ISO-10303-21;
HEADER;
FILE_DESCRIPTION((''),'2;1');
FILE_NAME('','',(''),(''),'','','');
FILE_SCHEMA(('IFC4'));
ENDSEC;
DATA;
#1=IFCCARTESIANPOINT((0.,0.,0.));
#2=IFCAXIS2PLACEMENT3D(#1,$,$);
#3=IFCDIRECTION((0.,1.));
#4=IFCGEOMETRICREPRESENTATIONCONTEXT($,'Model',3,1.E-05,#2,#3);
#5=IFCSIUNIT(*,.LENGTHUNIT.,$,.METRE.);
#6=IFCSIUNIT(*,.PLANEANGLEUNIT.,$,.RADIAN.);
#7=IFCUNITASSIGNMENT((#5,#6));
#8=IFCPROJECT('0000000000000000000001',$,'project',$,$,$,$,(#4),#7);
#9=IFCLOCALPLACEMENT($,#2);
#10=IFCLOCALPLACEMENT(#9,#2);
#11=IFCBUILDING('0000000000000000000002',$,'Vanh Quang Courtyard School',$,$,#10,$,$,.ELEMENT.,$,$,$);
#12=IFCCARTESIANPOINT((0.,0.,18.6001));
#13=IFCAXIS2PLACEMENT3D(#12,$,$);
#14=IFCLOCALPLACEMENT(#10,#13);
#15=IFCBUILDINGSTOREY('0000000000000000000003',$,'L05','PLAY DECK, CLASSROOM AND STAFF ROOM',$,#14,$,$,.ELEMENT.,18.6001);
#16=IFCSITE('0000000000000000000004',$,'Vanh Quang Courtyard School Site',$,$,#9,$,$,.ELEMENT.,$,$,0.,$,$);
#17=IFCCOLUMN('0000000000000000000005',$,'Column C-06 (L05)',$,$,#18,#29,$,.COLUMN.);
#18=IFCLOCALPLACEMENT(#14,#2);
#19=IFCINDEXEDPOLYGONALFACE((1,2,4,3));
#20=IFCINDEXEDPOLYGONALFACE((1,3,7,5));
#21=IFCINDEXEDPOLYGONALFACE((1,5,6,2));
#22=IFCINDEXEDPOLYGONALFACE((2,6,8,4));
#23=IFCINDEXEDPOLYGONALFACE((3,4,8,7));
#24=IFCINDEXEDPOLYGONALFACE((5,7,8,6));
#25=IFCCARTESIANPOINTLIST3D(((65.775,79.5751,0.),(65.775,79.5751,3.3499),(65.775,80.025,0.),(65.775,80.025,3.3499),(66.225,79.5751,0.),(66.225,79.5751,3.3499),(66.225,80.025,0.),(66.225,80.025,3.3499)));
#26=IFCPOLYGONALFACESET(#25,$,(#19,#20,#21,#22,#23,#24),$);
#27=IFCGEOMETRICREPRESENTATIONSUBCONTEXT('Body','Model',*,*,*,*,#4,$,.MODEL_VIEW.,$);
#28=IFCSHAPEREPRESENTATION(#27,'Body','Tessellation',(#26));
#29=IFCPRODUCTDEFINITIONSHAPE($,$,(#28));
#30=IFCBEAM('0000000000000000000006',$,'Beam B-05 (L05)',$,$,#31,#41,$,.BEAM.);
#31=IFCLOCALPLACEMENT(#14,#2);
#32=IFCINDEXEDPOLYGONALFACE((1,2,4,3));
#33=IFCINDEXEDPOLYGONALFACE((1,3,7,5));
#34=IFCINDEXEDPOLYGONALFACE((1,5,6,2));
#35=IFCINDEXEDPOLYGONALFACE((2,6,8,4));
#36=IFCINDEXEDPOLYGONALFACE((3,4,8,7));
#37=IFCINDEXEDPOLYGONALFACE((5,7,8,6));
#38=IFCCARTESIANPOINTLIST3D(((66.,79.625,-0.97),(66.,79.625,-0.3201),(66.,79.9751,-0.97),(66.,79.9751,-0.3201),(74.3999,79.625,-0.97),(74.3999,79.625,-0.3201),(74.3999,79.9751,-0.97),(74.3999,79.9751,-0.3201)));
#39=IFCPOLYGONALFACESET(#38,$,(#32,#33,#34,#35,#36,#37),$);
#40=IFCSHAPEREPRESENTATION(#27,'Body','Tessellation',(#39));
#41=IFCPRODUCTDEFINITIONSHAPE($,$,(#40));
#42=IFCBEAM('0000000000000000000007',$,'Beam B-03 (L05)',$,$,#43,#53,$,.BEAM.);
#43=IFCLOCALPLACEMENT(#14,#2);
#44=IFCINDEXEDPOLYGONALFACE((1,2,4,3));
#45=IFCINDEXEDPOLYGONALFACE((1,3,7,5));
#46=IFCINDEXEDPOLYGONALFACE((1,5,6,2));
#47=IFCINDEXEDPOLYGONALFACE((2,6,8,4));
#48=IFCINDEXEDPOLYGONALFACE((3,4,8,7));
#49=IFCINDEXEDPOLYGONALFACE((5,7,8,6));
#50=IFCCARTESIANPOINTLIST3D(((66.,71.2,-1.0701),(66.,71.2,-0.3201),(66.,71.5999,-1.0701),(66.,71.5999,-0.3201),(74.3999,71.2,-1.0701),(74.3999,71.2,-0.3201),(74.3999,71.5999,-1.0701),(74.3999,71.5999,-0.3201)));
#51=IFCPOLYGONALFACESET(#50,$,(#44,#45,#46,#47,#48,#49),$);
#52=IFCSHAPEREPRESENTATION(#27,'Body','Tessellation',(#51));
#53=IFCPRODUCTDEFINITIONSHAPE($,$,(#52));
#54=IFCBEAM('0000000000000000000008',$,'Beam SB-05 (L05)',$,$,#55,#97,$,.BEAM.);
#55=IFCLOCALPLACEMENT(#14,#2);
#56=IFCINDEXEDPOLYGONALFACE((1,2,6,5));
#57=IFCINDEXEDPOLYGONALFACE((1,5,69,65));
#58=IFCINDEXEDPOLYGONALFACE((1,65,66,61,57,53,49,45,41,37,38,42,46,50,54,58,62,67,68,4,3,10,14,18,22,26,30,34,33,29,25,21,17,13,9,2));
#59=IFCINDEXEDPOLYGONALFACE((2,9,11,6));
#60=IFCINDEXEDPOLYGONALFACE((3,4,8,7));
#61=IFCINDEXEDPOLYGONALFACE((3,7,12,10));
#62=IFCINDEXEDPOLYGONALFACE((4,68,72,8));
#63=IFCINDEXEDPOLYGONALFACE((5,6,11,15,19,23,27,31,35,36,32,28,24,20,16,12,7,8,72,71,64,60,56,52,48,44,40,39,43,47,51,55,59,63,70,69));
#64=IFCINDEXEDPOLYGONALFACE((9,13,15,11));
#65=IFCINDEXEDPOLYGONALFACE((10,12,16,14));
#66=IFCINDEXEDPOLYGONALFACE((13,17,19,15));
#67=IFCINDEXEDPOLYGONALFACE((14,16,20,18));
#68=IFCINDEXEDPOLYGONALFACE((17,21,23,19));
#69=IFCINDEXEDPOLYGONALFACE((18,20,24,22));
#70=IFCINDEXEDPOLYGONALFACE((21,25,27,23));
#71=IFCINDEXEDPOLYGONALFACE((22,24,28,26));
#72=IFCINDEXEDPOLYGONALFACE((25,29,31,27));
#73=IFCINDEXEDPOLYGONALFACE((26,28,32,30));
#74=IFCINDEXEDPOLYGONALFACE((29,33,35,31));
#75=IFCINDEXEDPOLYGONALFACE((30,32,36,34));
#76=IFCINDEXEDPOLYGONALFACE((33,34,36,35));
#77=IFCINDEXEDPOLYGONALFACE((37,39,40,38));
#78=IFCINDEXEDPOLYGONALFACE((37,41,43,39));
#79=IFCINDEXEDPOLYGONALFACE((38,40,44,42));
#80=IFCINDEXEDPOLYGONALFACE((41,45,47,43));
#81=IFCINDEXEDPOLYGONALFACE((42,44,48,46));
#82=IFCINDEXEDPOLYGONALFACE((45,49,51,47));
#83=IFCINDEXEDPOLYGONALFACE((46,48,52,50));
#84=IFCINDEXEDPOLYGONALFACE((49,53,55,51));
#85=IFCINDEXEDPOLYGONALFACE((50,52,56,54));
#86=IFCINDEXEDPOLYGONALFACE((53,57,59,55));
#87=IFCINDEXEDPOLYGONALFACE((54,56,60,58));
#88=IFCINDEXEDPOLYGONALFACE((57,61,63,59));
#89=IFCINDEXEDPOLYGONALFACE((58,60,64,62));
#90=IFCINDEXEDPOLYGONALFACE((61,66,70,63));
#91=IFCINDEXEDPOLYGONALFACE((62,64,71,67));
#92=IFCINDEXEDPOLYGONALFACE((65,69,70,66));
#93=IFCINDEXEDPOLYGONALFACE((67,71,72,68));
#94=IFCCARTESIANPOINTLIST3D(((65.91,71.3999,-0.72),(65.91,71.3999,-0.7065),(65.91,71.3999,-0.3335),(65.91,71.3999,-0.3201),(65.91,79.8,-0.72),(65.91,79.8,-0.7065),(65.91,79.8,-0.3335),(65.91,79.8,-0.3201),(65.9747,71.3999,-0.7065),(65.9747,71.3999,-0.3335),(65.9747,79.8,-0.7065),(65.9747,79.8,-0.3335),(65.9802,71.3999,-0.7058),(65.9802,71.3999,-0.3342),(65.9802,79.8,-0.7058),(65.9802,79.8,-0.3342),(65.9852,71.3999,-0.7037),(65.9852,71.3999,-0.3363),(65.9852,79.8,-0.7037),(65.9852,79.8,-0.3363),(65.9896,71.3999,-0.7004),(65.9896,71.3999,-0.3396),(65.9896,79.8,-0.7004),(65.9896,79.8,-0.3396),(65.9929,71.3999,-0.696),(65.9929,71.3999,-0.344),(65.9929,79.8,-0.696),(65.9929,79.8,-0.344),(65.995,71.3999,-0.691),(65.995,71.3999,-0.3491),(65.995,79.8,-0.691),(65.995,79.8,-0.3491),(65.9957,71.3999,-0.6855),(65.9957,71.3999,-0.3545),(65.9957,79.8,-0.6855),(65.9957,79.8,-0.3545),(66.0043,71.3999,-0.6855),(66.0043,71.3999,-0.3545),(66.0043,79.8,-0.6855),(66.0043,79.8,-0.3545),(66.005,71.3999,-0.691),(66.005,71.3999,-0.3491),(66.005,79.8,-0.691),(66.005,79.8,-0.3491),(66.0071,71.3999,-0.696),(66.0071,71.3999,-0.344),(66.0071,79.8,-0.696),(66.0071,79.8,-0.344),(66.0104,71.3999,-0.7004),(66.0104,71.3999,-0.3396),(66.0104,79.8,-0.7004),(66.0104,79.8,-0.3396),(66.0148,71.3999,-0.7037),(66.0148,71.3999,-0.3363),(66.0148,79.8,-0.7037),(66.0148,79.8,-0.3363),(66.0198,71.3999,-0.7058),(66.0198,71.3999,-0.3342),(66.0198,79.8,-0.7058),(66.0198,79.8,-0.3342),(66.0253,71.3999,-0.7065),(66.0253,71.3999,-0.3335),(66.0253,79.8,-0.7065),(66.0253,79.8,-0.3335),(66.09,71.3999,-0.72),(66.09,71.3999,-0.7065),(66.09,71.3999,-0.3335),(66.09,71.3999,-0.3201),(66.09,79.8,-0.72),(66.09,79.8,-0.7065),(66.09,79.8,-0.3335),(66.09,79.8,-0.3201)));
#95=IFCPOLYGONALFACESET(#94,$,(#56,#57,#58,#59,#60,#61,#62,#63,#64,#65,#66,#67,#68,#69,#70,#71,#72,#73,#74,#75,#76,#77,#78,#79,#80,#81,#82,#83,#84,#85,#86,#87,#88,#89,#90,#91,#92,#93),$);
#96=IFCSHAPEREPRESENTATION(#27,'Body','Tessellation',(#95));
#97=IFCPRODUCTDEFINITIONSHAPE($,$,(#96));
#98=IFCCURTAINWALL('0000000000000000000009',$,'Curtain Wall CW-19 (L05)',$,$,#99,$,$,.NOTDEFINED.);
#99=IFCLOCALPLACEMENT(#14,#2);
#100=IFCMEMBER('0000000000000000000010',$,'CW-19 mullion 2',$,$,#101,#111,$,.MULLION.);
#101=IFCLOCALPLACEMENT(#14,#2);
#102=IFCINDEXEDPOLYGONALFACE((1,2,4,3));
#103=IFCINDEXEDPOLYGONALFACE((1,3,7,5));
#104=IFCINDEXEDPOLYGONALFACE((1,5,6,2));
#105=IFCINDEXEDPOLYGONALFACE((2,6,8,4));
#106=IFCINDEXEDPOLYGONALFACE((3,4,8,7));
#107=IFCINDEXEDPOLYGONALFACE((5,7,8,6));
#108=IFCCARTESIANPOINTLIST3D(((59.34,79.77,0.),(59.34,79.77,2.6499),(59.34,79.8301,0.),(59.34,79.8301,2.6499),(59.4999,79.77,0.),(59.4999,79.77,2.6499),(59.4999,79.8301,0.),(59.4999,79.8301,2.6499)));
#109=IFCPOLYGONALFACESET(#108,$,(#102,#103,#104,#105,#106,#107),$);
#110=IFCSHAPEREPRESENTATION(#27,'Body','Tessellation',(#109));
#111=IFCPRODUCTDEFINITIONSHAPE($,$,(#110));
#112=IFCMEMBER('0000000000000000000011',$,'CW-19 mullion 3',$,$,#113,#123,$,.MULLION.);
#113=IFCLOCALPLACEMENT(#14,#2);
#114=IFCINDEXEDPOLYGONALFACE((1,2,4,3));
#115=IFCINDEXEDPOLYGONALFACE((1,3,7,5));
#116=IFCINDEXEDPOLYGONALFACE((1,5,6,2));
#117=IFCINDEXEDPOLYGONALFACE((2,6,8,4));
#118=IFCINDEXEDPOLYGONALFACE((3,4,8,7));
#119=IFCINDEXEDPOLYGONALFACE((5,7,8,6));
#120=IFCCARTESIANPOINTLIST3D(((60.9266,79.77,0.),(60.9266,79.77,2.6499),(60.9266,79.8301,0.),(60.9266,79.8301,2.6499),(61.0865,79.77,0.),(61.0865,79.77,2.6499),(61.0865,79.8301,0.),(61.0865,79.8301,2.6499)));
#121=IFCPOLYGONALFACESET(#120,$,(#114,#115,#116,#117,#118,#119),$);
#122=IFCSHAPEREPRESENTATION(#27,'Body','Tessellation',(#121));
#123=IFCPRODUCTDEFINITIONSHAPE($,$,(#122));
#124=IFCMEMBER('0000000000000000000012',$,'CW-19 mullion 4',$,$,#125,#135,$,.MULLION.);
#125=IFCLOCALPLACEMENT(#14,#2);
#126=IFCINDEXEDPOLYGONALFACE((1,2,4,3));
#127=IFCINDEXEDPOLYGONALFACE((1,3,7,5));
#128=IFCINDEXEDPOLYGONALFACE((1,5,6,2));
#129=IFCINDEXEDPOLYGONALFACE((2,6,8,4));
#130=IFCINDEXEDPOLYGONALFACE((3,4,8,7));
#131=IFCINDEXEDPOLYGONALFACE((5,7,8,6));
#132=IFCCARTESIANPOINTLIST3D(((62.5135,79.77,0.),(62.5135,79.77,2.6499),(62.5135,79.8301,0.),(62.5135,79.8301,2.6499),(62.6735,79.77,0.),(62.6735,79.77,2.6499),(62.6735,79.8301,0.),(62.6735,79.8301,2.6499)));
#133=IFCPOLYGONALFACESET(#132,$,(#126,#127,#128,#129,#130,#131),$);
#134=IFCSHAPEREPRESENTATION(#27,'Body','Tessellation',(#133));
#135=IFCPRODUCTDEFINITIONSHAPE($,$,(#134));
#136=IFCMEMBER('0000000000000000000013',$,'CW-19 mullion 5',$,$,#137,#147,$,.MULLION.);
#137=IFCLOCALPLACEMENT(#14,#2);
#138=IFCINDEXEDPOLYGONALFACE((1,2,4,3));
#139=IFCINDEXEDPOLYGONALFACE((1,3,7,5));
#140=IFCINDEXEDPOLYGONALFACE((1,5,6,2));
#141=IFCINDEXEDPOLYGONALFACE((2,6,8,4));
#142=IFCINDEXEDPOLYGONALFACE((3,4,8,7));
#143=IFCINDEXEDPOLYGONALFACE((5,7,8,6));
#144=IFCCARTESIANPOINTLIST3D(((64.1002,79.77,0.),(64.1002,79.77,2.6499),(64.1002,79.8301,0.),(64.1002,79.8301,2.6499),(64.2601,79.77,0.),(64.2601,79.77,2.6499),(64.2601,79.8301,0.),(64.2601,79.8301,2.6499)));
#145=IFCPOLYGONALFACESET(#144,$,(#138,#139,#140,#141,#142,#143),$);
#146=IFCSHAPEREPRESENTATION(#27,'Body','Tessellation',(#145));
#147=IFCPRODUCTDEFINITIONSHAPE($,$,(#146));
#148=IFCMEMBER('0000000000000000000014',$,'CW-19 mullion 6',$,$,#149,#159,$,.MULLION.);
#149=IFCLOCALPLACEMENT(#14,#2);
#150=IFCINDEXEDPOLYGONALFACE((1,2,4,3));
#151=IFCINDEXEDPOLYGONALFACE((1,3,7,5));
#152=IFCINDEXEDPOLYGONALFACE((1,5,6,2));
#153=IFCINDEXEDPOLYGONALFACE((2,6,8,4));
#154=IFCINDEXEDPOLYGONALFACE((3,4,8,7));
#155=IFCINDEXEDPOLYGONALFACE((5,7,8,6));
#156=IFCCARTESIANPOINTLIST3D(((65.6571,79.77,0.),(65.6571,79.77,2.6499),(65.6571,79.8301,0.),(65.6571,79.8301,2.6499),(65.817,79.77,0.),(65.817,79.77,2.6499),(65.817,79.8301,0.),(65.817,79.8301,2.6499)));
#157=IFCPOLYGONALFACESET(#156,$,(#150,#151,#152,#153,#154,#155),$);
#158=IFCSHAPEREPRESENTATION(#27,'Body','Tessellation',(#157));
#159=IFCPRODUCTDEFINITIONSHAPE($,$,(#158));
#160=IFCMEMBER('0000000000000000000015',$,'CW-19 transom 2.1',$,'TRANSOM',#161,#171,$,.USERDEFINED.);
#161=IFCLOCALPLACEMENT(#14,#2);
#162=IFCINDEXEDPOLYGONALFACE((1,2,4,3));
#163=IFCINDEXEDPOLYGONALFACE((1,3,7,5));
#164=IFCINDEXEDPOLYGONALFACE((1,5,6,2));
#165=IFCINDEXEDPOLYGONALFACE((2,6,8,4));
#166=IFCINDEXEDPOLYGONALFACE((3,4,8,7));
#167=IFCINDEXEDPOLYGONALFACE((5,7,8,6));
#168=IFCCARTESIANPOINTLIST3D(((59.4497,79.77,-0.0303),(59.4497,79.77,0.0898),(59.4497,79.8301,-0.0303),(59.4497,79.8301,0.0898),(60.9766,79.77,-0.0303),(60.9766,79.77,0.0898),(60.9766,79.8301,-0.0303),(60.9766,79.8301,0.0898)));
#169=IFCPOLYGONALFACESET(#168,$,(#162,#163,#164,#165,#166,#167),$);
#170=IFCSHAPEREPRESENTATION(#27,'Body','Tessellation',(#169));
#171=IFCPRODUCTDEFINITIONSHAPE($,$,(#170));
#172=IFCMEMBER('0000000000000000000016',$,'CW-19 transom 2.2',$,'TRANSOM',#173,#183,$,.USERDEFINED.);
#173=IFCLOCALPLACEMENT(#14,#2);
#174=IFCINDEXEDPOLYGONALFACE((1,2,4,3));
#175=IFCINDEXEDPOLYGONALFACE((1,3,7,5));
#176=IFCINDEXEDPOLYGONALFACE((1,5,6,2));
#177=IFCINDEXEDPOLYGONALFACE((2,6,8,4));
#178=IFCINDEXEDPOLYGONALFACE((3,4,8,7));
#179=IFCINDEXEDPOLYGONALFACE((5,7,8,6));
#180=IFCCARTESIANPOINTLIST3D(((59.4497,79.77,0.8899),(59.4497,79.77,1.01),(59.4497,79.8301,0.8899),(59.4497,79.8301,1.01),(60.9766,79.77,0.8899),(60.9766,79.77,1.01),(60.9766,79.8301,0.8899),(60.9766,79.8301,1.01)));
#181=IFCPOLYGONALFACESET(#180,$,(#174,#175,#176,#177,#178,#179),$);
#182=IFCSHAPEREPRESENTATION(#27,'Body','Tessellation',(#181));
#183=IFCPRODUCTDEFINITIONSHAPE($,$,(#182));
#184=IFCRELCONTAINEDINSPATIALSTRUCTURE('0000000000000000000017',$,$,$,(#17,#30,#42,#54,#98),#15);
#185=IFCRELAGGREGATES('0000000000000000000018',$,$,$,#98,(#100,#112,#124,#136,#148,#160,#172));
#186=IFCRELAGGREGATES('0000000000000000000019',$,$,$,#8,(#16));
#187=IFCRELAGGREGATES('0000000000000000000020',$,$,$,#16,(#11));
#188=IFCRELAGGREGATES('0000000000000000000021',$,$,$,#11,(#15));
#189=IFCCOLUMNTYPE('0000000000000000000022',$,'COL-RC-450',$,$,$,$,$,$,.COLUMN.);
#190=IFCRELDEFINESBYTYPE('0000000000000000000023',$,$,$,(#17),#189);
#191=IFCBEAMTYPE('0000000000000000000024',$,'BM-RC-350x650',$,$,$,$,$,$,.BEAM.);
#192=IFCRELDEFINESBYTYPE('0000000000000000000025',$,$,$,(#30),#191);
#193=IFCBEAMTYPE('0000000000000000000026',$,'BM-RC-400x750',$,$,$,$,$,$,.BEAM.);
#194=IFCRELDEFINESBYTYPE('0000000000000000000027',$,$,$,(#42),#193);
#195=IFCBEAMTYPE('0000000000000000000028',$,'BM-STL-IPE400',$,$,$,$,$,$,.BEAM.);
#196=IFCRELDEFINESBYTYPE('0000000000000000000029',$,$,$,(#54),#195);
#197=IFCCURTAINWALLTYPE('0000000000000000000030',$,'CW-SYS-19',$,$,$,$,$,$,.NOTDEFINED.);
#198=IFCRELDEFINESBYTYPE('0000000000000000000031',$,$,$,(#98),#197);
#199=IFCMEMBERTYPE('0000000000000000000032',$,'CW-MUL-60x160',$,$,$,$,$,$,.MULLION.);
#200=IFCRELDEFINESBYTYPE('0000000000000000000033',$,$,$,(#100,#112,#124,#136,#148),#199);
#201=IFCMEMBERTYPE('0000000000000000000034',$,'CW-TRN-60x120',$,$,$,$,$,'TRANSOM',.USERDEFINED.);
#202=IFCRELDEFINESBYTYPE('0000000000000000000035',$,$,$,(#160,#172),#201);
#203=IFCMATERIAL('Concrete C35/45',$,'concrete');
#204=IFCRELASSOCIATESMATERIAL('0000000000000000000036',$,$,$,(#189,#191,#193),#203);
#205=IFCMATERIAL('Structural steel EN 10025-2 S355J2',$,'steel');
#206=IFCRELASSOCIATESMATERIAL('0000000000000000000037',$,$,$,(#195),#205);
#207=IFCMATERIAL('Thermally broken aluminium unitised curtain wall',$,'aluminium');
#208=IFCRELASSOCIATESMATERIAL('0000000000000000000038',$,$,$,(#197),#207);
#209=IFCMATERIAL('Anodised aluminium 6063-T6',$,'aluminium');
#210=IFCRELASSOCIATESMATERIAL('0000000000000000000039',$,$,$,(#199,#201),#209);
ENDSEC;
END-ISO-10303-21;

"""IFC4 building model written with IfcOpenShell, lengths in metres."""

from ifc_helpers import new_model, si_unit, direction, frame, origin, origin_2d, place, context, subcontext, project, spatial, rectangle, i_section, extrude, material, material_profile, profile_set, type_object, element, aggregate, save


model = new_model("IFC4")

# Units and contexts
model_context = context("Model", 3, precision=1e-05, world=origin(), true_north=direction((0.0, 1.0)))
body_context = subcontext(model_context, "Body", "Model", "MODEL_VIEW")
ifc_project = project(units=[si_unit("LENGTHUNIT", "METRE"), si_unit("PLANEANGLEUNIT", "RADIAN")], contexts=[model_context])

# Site, building, storey
site_placement = place(None, origin())
site = spatial("IfcSite", under=ifc_project, at=site_placement, Name="Vanh Quang Courtyard School Site", CompositionType="ELEMENT", RefElevation=0.0)
building_placement = place(site_placement, origin())
building = spatial("IfcBuilding", under=site, at=building_placement, Name="Vanh Quang Courtyard School", CompositionType="ELEMENT")
storey_placement = place(building_placement, frame((0.0, 0.0, 18.6001)))
storey = spatial("IfcBuildingStorey", under=building, at=storey_placement, Name="L05", Description="PLAY DECK, CLASSROOM AND STAFF ROOM", CompositionType="ELEMENT", Elevation=18.6001)

# Column
ifc_material_1 = material(Name="Concrete C35/45", Category="concrete")
ifc_material_profile_1 = material_profile(ifc_material_1, rectangle(XDim=0.45, YDim=0.45, at=origin_2d()), Name="RC-COL 450x450")
ifc_profile_set_1 = profile_set([ifc_material_profile_1], Name="Concrete C35/45")
column_type = type_object("IfcColumnType", Name="COL-RC-450", PredefinedType="COLUMN", material=ifc_profile_set_1)
column_placement = place(storey_placement, frame((66.0, 79.8, 0.0), z_axis=(0.0, 0.0, 1.0), x_axis=(1.0, 0.0, 0.0)))
element("IfcColumn", 1, at=column_placement, inside=storey, type_object=column_type, Name="Column C-06 (L05)", PredefinedType="COLUMN", context=body_context, shape_type="SweptSolid", body=[
    extrude(rectangle(XDim=0.45, YDim=0.45, at=origin_2d()), origin(), (0.0, 0.0, 1.0), 3.3499),
])

# Beams
ifc_material_profile_2 = material_profile(ifc_material_1, rectangle(XDim=0.3501, YDim=0.6499, at=origin_2d()), Name="RC-BM 350x650")
ifc_profile_set_2 = profile_set([ifc_material_profile_2], Name="Concrete C35/45")
beam_type_1 = type_object("IfcBeamType", Name="BM-RC-350x650", PredefinedType="BEAM", material=ifc_profile_set_2)
beam_1_placement = place(storey_placement, frame((66.0, 79.8, -0.645), z_axis=(1.0, 0.0, 0.0), x_axis=(0.0, 1.0, 0.0)))
element("IfcBeam", 2, at=beam_1_placement, inside=storey, type_object=beam_type_1, Name="Beam B-05 (L05)", PredefinedType="BEAM", context=body_context, shape_type="SweptSolid", body=[
    extrude(rectangle(XDim=0.3501, YDim=0.6499, at=origin_2d()), origin(), (0.0, 0.0, 1.0), 8.3999),
])
ifc_material_profile_3 = material_profile(ifc_material_1, rectangle(XDim=0.3999, YDim=0.75, at=origin_2d()), Name="RC-BM 400x750")
ifc_profile_set_3 = profile_set([ifc_material_profile_3], Name="Concrete C35/45")
beam_type_2 = type_object("IfcBeamType", Name="BM-RC-400x750", PredefinedType="BEAM", material=ifc_profile_set_3)
beam_2_placement = place(storey_placement, frame((66.0, 71.3999, -0.6951), z_axis=(1.0, 0.0, 0.0), x_axis=(0.0, 1.0, 0.0)))
element("IfcBeam", 3, at=beam_2_placement, inside=storey, type_object=beam_type_2, Name="Beam B-03 (L05)", PredefinedType="BEAM", context=body_context, shape_type="SweptSolid", body=[
    extrude(rectangle(XDim=0.3999, YDim=0.75, at=origin_2d()), origin(), (0.0, 0.0, 1.0), 8.3999),
])
ifc_material_2 = material(Name="Structural steel EN 10025-2 S355J2", Category="steel")
ifc_material_profile_4 = material_profile(ifc_material_2, i_section(OverallWidth=0.1799, OverallDepth=0.3999, WebThickness=0.0085, FlangeThickness=0.0134, FilletRadius=0.021, at=origin_2d()), Name="IPE 400")
ifc_profile_set_4 = profile_set([ifc_material_profile_4], Name="Structural steel EN 10025-2 S355J2")
beam_type_3 = type_object("IfcBeamType", Name="BM-STL-IPE400", PredefinedType="BEAM", material=ifc_profile_set_4)
beam_3_placement = place(storey_placement, frame((66.0, 71.3999, -0.52), z_axis=(0.0, 1.0, 0.0), x_axis=(-1.0, 0.0, 0.0)))
element("IfcBeam", 4, at=beam_3_placement, inside=storey, type_object=beam_type_3, Name="Beam SB-05 (L05)", PredefinedType="BEAM", context=body_context, shape_type="SweptSolid", body=[
    extrude(i_section(OverallWidth=0.1799, OverallDepth=0.3999, WebThickness=0.0085, FlangeThickness=0.0134, FilletRadius=0.021, at=origin_2d()), origin(), (0.0, 0.0, 1.0), 8.4001),
])

# Curtain wall, members
ifc_material_3 = material(Name="Thermally broken aluminium unitised curtain wall", Category="aluminium")
curtain_wall_type = type_object("IfcCurtainWallType", Name="CW-SYS-19", PredefinedType="NOTDEFINED", material=ifc_material_3)
curtain_wall_placement = place(storey_placement, origin())
curtain_wall = element("IfcCurtainWall", 5, at=curtain_wall_placement, inside=storey, type_object=curtain_wall_type, Name="Curtain Wall CW-19 (L05)", PredefinedType="NOTDEFINED")
ifc_material_4 = material(Name="Anodised aluminium 6063-T6", Category="aluminium")
ifc_material_profile_5 = material_profile(ifc_material_4, rectangle(XDim=0.0601, YDim=0.1599, at=origin_2d()), Name="ALU-MUL 60x160")
ifc_profile_set_5 = profile_set([ifc_material_profile_5], Name="Anodised aluminium 6063-T6")
member_type_1 = type_object("IfcMemberType", Name="CW-MUL-60x160", PredefinedType="MULLION", material=ifc_profile_set_5)
member_1_placement = place(storey_placement, frame((59.4199, 79.8, 0.0), z_axis=(0.0, 0.0, 1.0), x_axis=(0.0, 1.0, 0.0)))
member_1 = element("IfcMember", 6, at=member_1_placement, type_object=member_type_1, Name="CW-19 mullion 2", PredefinedType="MULLION", context=body_context, shape_type="SweptSolid", body=[
    extrude(rectangle(XDim=0.0601, YDim=0.1599, at=origin_2d()), origin(), (0.0, 0.0, 1.0), 2.6499),
])
member_2_placement = place(storey_placement, frame((61.0066, 79.8, 0.0), z_axis=(0.0, 0.0, 1.0), x_axis=(0.0, 1.0, 0.0)))
member_2 = element("IfcMember", 7, at=member_2_placement, type_object=member_type_1, Name="CW-19 mullion 3", PredefinedType="MULLION", context=body_context, shape_type="SweptSolid", body=[
    extrude(rectangle(XDim=0.0601, YDim=0.1599, at=origin_2d()), origin(), (0.0, 0.0, 1.0), 2.6499),
])
member_3_placement = place(storey_placement, frame((62.5935, 79.8, 0.0), z_axis=(0.0, 0.0, 1.0), x_axis=(0.0, 1.0, 0.0)))
member_3 = element("IfcMember", 8, at=member_3_placement, type_object=member_type_1, Name="CW-19 mullion 4", PredefinedType="MULLION", context=body_context, shape_type="SweptSolid", body=[
    extrude(rectangle(XDim=0.0601, YDim=0.1599, at=origin_2d()), origin(), (0.0, 0.0, 1.0), 2.6499),
])
member_4_placement = place(storey_placement, frame((64.1802, 79.8, 0.0), z_axis=(0.0, 0.0, 1.0), x_axis=(0.0, 1.0, 0.0)))
member_4 = element("IfcMember", 9, at=member_4_placement, type_object=member_type_1, Name="CW-19 mullion 5", PredefinedType="MULLION", context=body_context, shape_type="SweptSolid", body=[
    extrude(rectangle(XDim=0.0601, YDim=0.1599, at=origin_2d()), origin(), (0.0, 0.0, 1.0), 2.6499),
])
member_5_placement = place(storey_placement, frame((65.7371, 79.8, 0.0), z_axis=(0.0, 0.0, 1.0), x_axis=(0.0, 1.0, 0.0)))
member_5 = element("IfcMember", 10, at=member_5_placement, type_object=member_type_1, Name="CW-19 mullion 6", PredefinedType="MULLION", context=body_context, shape_type="SweptSolid", body=[
    extrude(rectangle(XDim=0.0601, YDim=0.1599, at=origin_2d()), origin(), (0.0, 0.0, 1.0), 2.6499),
])
ifc_material_profile_6 = material_profile(ifc_material_4, rectangle(XDim=0.0601, YDim=0.1201, at=origin_2d()), Name="ALU-TRN 60x120")
ifc_profile_set_6 = profile_set([ifc_material_profile_6], Name="Anodised aluminium 6063-T6")
member_type_2 = type_object("IfcMemberType", Name="CW-TRN-60x120", ElementType="TRANSOM", PredefinedType="USERDEFINED", material=ifc_profile_set_6)
member_6_placement = place(storey_placement, frame((59.4497, 79.8, 0.0298), z_axis=(1.0, 0.0, 0.0), x_axis=(0.0, 1.0, 0.0)))
member_6 = element("IfcMember", 11, at=member_6_placement, type_object=member_type_2, Name="CW-19 transom 2.1", ObjectType="TRANSOM", PredefinedType="USERDEFINED", context=body_context, shape_type="SweptSolid", body=[
    extrude(rectangle(XDim=0.0601, YDim=0.1201, at=origin_2d()), origin(), (0.0, 0.0, 1.0), 1.5269),
])
member_7_placement = place(storey_placement, frame((59.4497, 79.8, 0.95), z_axis=(1.0, 0.0, 0.0), x_axis=(0.0, 1.0, 0.0)))
member_7 = element("IfcMember", 12, at=member_7_placement, type_object=member_type_2, Name="CW-19 transom 2.2", ObjectType="TRANSOM", PredefinedType="USERDEFINED", context=body_context, shape_type="SweptSolid", body=[
    extrude(rectangle(XDim=0.0601, YDim=0.1201, at=origin_2d()), origin(), (0.0, 0.0, 1.0), 1.5269),
])
aggregate(curtain_wall, [member_1, member_2, member_3, member_4, member_5, member_6, member_7])

save(model, "model.ifc")
